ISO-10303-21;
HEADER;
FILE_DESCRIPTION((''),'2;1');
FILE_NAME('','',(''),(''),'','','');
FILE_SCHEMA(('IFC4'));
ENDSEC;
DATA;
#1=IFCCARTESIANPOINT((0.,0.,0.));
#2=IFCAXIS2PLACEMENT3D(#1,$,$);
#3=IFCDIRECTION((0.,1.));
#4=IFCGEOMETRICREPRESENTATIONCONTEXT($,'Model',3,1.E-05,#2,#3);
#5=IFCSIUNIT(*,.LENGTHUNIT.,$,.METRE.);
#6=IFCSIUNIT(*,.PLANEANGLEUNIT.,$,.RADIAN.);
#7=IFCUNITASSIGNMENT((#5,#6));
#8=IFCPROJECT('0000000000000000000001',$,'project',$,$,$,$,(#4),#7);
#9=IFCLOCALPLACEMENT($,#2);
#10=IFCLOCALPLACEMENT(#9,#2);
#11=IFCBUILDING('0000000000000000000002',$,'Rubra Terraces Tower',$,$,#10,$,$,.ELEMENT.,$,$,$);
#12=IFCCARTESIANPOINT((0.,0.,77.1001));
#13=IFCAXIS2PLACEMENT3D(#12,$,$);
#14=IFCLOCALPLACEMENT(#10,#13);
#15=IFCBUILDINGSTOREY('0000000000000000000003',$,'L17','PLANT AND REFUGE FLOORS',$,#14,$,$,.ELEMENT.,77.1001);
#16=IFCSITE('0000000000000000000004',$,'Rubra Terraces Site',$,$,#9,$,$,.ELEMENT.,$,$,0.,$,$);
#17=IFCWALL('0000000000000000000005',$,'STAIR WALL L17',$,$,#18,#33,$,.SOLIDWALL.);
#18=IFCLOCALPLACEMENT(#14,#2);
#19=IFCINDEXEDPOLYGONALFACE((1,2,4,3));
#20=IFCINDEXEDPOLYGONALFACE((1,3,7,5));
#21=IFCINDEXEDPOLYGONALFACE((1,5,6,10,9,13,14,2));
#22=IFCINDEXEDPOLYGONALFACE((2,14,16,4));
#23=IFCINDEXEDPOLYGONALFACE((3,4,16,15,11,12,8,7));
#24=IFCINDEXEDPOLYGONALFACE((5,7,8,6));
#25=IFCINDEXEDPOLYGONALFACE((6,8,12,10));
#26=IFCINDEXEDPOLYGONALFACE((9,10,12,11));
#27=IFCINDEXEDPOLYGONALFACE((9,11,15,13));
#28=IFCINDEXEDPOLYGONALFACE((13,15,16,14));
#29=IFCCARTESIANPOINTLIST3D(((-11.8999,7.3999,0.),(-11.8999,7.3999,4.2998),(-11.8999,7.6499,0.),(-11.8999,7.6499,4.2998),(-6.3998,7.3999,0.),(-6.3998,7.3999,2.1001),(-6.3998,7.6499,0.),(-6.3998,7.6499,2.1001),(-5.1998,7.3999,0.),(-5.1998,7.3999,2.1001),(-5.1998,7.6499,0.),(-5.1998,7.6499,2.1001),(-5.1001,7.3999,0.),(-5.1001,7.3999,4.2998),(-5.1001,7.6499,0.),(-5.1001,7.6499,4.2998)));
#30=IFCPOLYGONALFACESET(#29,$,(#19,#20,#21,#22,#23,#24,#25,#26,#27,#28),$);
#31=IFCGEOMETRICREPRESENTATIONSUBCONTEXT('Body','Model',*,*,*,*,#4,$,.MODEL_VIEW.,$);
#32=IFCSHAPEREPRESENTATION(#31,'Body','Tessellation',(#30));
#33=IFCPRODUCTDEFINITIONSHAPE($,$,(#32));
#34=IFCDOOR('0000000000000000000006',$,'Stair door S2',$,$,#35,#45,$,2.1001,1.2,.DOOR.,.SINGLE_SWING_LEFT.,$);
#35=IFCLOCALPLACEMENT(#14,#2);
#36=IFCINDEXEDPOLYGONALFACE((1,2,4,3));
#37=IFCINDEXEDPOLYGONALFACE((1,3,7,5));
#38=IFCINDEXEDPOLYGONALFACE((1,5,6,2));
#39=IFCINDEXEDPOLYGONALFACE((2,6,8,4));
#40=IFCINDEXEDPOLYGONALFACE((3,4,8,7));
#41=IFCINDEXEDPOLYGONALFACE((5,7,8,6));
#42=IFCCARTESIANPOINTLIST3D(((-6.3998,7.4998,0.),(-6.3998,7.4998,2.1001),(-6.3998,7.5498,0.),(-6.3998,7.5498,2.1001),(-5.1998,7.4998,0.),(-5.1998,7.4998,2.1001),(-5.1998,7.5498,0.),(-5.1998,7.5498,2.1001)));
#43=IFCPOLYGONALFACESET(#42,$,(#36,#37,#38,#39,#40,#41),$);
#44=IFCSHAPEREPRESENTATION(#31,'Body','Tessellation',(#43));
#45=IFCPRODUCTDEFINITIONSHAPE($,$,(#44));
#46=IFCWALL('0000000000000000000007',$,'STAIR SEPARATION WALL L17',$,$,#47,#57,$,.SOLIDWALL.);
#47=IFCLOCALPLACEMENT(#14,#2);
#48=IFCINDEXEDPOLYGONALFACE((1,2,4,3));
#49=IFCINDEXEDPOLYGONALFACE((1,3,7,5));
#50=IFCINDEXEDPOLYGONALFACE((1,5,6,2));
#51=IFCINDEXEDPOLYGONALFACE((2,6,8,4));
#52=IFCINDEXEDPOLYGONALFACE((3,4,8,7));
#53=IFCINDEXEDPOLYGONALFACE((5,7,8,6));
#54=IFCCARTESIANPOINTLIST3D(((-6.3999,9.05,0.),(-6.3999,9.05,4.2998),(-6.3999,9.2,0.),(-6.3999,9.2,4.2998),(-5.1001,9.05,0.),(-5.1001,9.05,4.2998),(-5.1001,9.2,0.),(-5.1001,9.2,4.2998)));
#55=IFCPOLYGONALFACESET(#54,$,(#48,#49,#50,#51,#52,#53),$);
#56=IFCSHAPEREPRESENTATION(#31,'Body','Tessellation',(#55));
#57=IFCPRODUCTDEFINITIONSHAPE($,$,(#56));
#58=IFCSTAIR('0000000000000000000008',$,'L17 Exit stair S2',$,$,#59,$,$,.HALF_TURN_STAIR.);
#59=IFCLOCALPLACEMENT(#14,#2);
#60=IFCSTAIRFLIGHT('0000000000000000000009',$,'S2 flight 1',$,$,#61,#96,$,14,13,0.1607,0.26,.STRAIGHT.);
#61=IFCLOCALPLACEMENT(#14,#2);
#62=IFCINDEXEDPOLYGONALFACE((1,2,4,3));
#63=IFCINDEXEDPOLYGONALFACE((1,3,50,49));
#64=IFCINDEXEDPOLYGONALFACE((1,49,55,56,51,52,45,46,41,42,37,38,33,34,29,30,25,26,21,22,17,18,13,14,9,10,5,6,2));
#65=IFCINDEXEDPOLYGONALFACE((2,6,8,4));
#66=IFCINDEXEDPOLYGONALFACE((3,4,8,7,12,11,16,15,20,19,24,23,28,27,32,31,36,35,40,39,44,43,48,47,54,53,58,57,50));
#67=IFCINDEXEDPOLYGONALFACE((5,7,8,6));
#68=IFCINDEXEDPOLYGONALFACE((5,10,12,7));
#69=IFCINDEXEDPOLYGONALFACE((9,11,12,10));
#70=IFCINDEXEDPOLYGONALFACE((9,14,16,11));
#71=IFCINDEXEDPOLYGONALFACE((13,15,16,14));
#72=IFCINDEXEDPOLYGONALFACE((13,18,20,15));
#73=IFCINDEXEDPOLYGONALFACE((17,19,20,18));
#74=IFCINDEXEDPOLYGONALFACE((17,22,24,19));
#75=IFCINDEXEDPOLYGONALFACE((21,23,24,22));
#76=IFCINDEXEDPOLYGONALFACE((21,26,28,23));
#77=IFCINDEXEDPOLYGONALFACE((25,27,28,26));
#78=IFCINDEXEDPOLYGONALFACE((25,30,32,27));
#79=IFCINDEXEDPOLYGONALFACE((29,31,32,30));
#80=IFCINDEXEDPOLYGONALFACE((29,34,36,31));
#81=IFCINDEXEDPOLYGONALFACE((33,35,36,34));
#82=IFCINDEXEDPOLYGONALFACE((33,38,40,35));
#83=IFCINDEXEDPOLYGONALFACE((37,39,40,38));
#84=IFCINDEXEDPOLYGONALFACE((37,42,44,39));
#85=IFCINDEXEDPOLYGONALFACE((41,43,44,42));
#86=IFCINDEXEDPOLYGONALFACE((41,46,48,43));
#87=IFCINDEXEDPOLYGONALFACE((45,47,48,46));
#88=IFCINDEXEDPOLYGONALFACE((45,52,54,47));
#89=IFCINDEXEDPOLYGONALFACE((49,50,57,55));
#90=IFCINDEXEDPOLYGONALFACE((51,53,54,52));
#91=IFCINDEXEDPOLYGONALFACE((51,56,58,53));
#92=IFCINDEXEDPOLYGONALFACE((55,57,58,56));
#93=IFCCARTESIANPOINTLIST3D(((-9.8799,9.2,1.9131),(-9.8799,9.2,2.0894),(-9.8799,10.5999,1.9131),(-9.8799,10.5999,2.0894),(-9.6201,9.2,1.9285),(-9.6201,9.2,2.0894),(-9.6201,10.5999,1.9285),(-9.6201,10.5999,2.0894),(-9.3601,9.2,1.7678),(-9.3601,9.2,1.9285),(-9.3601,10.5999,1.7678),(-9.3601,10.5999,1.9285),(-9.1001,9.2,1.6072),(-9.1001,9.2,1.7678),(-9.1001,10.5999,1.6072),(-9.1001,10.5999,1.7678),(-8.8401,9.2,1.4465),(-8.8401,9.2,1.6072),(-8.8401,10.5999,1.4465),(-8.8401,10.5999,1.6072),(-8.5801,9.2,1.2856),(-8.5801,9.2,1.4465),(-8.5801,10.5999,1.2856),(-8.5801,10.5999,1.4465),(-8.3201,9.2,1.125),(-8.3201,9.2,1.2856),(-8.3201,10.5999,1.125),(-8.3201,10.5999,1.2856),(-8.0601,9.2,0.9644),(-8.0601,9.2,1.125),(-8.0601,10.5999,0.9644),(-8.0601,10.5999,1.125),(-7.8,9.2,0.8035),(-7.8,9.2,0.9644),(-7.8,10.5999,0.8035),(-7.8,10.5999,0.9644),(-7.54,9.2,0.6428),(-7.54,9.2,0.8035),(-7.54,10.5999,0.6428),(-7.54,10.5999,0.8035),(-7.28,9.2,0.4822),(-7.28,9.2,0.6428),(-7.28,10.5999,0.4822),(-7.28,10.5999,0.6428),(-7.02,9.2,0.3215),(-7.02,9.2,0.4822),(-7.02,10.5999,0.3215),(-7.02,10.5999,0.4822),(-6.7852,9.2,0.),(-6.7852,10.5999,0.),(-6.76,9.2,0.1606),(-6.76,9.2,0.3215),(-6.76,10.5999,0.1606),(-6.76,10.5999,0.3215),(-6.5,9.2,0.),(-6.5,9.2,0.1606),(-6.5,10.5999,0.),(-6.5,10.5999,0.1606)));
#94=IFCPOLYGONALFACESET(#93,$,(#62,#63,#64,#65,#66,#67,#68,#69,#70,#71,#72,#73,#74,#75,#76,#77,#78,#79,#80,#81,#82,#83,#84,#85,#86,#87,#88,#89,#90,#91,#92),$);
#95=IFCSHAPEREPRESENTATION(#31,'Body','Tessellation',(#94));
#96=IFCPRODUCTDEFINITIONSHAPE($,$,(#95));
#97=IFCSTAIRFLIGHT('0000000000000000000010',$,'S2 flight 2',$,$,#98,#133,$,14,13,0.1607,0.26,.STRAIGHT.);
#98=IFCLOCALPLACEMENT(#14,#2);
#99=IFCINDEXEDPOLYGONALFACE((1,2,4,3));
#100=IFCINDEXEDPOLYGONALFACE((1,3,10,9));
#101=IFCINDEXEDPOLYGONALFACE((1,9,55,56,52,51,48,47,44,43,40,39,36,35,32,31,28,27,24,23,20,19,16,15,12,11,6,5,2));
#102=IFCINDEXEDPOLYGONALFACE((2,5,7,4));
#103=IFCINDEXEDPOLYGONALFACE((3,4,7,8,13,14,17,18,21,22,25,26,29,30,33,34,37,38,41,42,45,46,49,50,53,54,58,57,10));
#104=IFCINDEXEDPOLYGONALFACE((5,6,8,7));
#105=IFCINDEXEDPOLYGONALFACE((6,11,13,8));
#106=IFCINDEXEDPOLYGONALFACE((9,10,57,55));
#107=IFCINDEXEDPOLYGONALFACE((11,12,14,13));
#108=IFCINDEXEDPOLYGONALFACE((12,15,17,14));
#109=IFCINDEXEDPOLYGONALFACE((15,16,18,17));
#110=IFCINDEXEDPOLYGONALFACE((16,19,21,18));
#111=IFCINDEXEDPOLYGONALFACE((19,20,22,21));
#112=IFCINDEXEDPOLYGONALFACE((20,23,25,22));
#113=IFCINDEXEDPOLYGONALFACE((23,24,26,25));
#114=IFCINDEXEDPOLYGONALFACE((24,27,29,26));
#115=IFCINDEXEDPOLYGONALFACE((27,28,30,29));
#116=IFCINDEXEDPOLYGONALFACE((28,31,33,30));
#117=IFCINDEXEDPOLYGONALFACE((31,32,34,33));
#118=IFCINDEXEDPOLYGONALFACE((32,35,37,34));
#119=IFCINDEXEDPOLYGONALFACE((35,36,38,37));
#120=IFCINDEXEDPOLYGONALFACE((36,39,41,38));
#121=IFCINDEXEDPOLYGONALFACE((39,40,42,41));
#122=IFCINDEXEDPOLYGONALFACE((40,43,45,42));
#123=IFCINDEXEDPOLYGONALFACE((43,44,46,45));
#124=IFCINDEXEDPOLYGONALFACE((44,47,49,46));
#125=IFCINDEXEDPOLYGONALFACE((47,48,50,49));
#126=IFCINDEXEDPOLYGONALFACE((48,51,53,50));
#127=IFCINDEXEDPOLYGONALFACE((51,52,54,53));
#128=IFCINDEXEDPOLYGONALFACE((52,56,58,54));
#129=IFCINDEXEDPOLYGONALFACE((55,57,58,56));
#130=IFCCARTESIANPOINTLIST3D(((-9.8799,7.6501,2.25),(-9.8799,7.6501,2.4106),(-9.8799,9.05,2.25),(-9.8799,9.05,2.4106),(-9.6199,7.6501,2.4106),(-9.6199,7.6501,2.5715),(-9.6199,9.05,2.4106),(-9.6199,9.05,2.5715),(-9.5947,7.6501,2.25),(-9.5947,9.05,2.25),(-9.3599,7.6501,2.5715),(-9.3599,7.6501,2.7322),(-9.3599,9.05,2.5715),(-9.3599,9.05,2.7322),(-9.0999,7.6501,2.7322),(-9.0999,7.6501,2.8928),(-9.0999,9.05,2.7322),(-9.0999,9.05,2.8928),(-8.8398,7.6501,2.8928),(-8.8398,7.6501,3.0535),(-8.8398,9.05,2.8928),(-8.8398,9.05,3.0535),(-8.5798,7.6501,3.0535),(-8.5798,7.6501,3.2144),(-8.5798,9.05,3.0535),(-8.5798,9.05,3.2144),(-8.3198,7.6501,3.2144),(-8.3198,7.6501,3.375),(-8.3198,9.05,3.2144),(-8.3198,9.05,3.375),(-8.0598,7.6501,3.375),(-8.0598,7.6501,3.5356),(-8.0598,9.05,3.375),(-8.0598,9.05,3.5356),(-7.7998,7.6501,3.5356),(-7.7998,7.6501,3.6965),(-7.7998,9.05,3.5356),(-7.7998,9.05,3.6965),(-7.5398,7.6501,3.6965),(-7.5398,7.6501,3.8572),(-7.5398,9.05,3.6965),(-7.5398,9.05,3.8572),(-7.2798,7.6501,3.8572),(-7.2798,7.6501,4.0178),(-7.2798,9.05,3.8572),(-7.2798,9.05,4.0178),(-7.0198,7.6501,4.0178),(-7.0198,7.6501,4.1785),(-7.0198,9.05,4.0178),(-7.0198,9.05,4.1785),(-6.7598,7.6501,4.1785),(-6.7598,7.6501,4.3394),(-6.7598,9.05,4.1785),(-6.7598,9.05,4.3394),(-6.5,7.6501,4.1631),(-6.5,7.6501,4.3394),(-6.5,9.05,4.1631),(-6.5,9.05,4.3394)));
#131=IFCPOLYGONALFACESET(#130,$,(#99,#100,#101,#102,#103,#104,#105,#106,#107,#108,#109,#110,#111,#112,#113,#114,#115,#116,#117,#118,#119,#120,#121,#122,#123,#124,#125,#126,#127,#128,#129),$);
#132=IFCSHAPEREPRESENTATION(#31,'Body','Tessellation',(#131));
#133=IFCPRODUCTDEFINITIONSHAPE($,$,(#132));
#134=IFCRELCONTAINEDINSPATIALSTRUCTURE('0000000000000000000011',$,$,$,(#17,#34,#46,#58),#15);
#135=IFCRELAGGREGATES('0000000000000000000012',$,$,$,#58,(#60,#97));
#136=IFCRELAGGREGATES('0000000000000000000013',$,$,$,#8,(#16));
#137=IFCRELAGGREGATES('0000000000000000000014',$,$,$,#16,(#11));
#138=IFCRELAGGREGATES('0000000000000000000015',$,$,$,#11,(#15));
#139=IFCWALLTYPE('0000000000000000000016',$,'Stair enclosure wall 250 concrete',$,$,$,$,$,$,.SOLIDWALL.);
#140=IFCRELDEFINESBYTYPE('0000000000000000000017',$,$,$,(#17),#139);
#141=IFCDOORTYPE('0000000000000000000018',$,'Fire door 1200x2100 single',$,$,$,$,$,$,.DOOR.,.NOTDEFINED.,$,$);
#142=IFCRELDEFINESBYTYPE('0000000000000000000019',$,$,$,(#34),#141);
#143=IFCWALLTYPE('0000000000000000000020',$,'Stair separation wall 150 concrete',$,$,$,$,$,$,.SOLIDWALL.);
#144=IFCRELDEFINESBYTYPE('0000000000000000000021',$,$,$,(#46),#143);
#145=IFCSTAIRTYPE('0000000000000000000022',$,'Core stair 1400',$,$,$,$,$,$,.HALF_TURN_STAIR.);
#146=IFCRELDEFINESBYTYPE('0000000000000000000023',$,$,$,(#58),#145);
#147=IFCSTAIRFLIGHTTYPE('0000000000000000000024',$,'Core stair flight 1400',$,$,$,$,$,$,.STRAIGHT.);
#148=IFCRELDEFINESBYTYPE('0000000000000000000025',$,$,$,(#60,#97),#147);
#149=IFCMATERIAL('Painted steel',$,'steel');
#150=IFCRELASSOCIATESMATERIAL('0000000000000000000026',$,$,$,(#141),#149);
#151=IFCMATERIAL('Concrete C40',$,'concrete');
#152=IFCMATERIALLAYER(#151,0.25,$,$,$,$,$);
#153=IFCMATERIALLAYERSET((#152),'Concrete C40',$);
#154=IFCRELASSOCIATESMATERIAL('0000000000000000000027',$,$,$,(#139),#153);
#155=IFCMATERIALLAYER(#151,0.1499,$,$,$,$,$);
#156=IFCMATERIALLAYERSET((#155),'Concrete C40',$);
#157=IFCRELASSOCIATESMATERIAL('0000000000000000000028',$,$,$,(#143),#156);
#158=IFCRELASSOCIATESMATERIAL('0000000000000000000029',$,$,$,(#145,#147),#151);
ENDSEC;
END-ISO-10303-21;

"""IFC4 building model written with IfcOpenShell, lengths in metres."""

from ifc_helpers import new_model, si_unit, direction, frame, frame_2d, origin, place, context, subcontext, project, spatial, polyline, rectangle, outline, extrude, material, layer, layer_set, type_object, element, fill, aggregate, save


model = new_model("IFC4")

# Units and contexts
model_context = context("Model", 3, precision=1e-05, world=origin(), true_north=direction((0.0, 1.0)))
body_context = subcontext(model_context, "Body", "Model", "MODEL_VIEW")
ifc_project = project(units=[si_unit("LENGTHUNIT", "METRE"), si_unit("PLANEANGLEUNIT", "RADIAN")], contexts=[model_context])

# Site, building, storey
site_placement = place(None, origin())
site = spatial("IfcSite", under=ifc_project, at=site_placement, Name="Rubra Terraces Site", CompositionType="ELEMENT", RefElevation=0.0)
building_placement = place(site_placement, origin())
building = spatial("IfcBuilding", under=site, at=building_placement, Name="Rubra Terraces Tower", CompositionType="ELEMENT")
storey_placement = place(building_placement, frame((0.0, 0.0, 77.1001)))
storey = spatial("IfcBuildingStorey", under=building, at=storey_placement, Name="L17", Description="PLANT AND REFUGE FLOORS", CompositionType="ELEMENT", Elevation=77.1001)

# Shared definitions
ifc_material_1 = material(Name="Concrete C40", Category="concrete")

# Shared definitions
ifc_material_2 = material(Name="Painted steel", Category="steel")
door_type_1 = type_object("IfcDoorType", Name="Fire door 1200x2100 single", OperationType="NOTDEFINED", PredefinedType="DOOR", material=ifc_material_2)

# Wall, opening, door
ifc_layer_1 = layer(ifc_material_1, 0.25)
ifc_layer_set_1 = layer_set([ifc_layer_1], Name="Concrete C40")
wall_type_1 = type_object("IfcWallType", Name="Stair enclosure wall 250 concrete", PredefinedType="SOLIDWALL", material=ifc_layer_set_1)
wall_1_placement = place(storey_placement, frame((-11.8999, 7.5249, 0.0), z_axis=(0.0, 0.0, 1.0), x_axis=(1.0, 0.0, 0.0)))
wall_1 = element("IfcWall", 1, at=wall_1_placement, inside=storey, type_object=wall_type_1, Name="STAIR WALL L17", PredefinedType="SOLIDWALL", context=body_context, shape_type="SweptSolid", body=[
    extrude(rectangle(XDim=6.7998, YDim=0.25, at=frame_2d((3.3999, 0.0))), origin(), (0.0, 0.0, 1.0), 4.2998),
])
opening_1_placement = place(wall_1_placement, frame((5.5, 0.0, 0.0)))
opening_1 = element("IfcOpeningElement", 2, at=opening_1_placement, cuts=wall_1, PredefinedType="OPENING", context=body_context, shape_type="SweptSolid", body=[
    extrude(rectangle(XDim=1.2, YDim=2.1001, at=frame_2d((0.6001, 1.05))), frame((0.0, 0.135, 0.0), z_axis=(0.0, -1.0, 0.0), x_axis=(1.0, 0.0, 0.0)), (0.0, 0.0, 1.0), 0.27),
])
door_1_placement = place(opening_1_placement, origin())
door_1 = element("IfcDoor", 3, at=door_1_placement, inside=storey, type_object=door_type_1, Name="Stair door S2", OperationType="SINGLE_SWING_LEFT", OverallHeight=2.1001, OverallWidth=1.2, PredefinedType="DOOR", context=body_context, shape_type="SweptSolid", body=[
    extrude(rectangle(XDim=1.2, YDim=2.1001, at=frame_2d((0.6001, 1.05))), frame((0.0, 0.0249, 0.0), z_axis=(0.0, -1.0, 0.0), x_axis=(1.0, 0.0, 0.0)), (0.0, 0.0, 1.0), 0.05),
])
fill(opening_1, door_1)

# Wall
ifc_layer_2 = layer(ifc_material_1, 0.1499)
ifc_layer_set_2 = layer_set([ifc_layer_2], Name="Concrete C40")
wall_type_2 = type_object("IfcWallType", Name="Stair separation wall 150 concrete", PredefinedType="SOLIDWALL", material=ifc_layer_set_2)
wall_2_placement = place(storey_placement, frame((-6.3999, 9.125, 0.0), z_axis=(0.0, 0.0, 1.0), x_axis=(1.0, 0.0, 0.0)))
element("IfcWall", 4, at=wall_2_placement, inside=storey, type_object=wall_type_2, Name="STAIR SEPARATION WALL L17", PredefinedType="SOLIDWALL", context=body_context, shape_type="SweptSolid", body=[
    extrude(rectangle(XDim=1.2998, YDim=0.1499, at=frame_2d((0.6499, 0.0))), origin(), (0.0, 0.0, 1.0), 4.2998),
])

# Stair, stair flights
stair_type = type_object("IfcStairType", Name="Core stair 1400", PredefinedType="HALF_TURN_STAIR", material=ifc_material_1)
stair_placement = place(storey_placement, origin())
stair = element("IfcStair", 5, at=stair_placement, inside=storey, type_object=stair_type, Name="L17 Exit stair S2", PredefinedType="HALF_TURN_STAIR")
stair_flight_type = type_object("IfcStairFlightType", Name="Core stair flight 1400", PredefinedType="STRAIGHT", material=ifc_material_1)
stair_flight_1_placement = place(storey_placement, frame((-6.5, 9.8999, 0.0), z_axis=(0.0, 0.0, 1.0), x_axis=(-1.0, 0.0, 0.0)))
stair_flight_1 = element("IfcStairFlight", 6, at=stair_flight_1_placement, type_object=stair_flight_type, Name="S2 flight 1", NumberOfRisers=14, NumberOfTreads=13, PredefinedType="STRAIGHT", RiserHeight=0.1607, TreadLength=0.26, context=body_context, shape_type="SweptSolid", body=[
    extrude(outline(polyline([(0.0, 0.0), (0.0, 0.1606), (0.26, 0.1606), (0.26, 0.3215), (0.52, 0.3215), (0.52, 0.4822), (0.78, 0.4822), (0.78, 0.6428), (1.04, 0.6428), (1.04, 0.8035), (1.3, 0.8035), (1.3, 0.9644), (1.5601, 0.9644), (1.5601, 1.125), (1.8201, 1.125), (1.8201, 1.2856), (2.0801, 1.2856), (2.0801, 1.4465), (2.3401, 1.4465), (2.3401, 1.6072), (2.6001, 1.6072), (2.6001, 1.7678), (2.8601, 1.7678), (2.8601, 1.9285), (3.1201, 1.9285), (3.1201, 2.0894), (3.3799, 2.0894), (3.3799, 2.25), (3.3799, 1.9131), (0.2852, 0.0), (0.0, 0.0)])), frame((0.0, 0.7, 0.0), z_axis=(0.0, -1.0, 0.0), x_axis=(1.0, 0.0, 0.0)), (0.0, 0.0, 1.0), 1.3999),
])
stair_flight_2_placement = place(storey_placement, frame((-9.8799, 8.3501, 2.25), z_axis=(0.0, 0.0, 1.0), x_axis=(1.0, 0.0, 0.0)))
stair_flight_2 = element("IfcStairFlight", 7, at=stair_flight_2_placement, type_object=stair_flight_type, Name="S2 flight 2", NumberOfRisers=14, NumberOfTreads=13, PredefinedType="STRAIGHT", RiserHeight=0.1607, TreadLength=0.26, context=body_context, shape_type="SweptSolid", body=[
    extrude(outline(polyline([(0.0, 0.0), (0.0, 0.1606), (0.26, 0.1606), (0.26, 0.3215), (0.52, 0.3215), (0.52, 0.4822), (0.78, 0.4822), (0.78, 0.6428), (1.04, 0.6428), (1.04, 0.8035), (1.3, 0.8035), (1.3, 0.9644), (1.5601, 0.9644), (1.5601, 1.125), (1.8201, 1.125), (1.8201, 1.2856), (2.0801, 1.2856), (2.0801, 1.4465), (2.3401, 1.4465), (2.3401, 1.6072), (2.6001, 1.6072), (2.6001, 1.7678), (2.8601, 1.7678), (2.8601, 1.9285), (3.1201, 1.9285), (3.1201, 2.0894), (3.3799, 2.0894), (3.3799, 2.25), (3.3799, 1.9131), (0.2852, 0.0), (0.0, 0.0)])), frame((0.0, 0.7, 0.0), z_axis=(0.0, -1.0, 0.0), x_axis=(1.0, 0.0, 0.0)), (0.0, 0.0, 1.0), 1.3999),
])
aggregate(stair, [stair_flight_1, stair_flight_2])

save(model, "model.ifc")
